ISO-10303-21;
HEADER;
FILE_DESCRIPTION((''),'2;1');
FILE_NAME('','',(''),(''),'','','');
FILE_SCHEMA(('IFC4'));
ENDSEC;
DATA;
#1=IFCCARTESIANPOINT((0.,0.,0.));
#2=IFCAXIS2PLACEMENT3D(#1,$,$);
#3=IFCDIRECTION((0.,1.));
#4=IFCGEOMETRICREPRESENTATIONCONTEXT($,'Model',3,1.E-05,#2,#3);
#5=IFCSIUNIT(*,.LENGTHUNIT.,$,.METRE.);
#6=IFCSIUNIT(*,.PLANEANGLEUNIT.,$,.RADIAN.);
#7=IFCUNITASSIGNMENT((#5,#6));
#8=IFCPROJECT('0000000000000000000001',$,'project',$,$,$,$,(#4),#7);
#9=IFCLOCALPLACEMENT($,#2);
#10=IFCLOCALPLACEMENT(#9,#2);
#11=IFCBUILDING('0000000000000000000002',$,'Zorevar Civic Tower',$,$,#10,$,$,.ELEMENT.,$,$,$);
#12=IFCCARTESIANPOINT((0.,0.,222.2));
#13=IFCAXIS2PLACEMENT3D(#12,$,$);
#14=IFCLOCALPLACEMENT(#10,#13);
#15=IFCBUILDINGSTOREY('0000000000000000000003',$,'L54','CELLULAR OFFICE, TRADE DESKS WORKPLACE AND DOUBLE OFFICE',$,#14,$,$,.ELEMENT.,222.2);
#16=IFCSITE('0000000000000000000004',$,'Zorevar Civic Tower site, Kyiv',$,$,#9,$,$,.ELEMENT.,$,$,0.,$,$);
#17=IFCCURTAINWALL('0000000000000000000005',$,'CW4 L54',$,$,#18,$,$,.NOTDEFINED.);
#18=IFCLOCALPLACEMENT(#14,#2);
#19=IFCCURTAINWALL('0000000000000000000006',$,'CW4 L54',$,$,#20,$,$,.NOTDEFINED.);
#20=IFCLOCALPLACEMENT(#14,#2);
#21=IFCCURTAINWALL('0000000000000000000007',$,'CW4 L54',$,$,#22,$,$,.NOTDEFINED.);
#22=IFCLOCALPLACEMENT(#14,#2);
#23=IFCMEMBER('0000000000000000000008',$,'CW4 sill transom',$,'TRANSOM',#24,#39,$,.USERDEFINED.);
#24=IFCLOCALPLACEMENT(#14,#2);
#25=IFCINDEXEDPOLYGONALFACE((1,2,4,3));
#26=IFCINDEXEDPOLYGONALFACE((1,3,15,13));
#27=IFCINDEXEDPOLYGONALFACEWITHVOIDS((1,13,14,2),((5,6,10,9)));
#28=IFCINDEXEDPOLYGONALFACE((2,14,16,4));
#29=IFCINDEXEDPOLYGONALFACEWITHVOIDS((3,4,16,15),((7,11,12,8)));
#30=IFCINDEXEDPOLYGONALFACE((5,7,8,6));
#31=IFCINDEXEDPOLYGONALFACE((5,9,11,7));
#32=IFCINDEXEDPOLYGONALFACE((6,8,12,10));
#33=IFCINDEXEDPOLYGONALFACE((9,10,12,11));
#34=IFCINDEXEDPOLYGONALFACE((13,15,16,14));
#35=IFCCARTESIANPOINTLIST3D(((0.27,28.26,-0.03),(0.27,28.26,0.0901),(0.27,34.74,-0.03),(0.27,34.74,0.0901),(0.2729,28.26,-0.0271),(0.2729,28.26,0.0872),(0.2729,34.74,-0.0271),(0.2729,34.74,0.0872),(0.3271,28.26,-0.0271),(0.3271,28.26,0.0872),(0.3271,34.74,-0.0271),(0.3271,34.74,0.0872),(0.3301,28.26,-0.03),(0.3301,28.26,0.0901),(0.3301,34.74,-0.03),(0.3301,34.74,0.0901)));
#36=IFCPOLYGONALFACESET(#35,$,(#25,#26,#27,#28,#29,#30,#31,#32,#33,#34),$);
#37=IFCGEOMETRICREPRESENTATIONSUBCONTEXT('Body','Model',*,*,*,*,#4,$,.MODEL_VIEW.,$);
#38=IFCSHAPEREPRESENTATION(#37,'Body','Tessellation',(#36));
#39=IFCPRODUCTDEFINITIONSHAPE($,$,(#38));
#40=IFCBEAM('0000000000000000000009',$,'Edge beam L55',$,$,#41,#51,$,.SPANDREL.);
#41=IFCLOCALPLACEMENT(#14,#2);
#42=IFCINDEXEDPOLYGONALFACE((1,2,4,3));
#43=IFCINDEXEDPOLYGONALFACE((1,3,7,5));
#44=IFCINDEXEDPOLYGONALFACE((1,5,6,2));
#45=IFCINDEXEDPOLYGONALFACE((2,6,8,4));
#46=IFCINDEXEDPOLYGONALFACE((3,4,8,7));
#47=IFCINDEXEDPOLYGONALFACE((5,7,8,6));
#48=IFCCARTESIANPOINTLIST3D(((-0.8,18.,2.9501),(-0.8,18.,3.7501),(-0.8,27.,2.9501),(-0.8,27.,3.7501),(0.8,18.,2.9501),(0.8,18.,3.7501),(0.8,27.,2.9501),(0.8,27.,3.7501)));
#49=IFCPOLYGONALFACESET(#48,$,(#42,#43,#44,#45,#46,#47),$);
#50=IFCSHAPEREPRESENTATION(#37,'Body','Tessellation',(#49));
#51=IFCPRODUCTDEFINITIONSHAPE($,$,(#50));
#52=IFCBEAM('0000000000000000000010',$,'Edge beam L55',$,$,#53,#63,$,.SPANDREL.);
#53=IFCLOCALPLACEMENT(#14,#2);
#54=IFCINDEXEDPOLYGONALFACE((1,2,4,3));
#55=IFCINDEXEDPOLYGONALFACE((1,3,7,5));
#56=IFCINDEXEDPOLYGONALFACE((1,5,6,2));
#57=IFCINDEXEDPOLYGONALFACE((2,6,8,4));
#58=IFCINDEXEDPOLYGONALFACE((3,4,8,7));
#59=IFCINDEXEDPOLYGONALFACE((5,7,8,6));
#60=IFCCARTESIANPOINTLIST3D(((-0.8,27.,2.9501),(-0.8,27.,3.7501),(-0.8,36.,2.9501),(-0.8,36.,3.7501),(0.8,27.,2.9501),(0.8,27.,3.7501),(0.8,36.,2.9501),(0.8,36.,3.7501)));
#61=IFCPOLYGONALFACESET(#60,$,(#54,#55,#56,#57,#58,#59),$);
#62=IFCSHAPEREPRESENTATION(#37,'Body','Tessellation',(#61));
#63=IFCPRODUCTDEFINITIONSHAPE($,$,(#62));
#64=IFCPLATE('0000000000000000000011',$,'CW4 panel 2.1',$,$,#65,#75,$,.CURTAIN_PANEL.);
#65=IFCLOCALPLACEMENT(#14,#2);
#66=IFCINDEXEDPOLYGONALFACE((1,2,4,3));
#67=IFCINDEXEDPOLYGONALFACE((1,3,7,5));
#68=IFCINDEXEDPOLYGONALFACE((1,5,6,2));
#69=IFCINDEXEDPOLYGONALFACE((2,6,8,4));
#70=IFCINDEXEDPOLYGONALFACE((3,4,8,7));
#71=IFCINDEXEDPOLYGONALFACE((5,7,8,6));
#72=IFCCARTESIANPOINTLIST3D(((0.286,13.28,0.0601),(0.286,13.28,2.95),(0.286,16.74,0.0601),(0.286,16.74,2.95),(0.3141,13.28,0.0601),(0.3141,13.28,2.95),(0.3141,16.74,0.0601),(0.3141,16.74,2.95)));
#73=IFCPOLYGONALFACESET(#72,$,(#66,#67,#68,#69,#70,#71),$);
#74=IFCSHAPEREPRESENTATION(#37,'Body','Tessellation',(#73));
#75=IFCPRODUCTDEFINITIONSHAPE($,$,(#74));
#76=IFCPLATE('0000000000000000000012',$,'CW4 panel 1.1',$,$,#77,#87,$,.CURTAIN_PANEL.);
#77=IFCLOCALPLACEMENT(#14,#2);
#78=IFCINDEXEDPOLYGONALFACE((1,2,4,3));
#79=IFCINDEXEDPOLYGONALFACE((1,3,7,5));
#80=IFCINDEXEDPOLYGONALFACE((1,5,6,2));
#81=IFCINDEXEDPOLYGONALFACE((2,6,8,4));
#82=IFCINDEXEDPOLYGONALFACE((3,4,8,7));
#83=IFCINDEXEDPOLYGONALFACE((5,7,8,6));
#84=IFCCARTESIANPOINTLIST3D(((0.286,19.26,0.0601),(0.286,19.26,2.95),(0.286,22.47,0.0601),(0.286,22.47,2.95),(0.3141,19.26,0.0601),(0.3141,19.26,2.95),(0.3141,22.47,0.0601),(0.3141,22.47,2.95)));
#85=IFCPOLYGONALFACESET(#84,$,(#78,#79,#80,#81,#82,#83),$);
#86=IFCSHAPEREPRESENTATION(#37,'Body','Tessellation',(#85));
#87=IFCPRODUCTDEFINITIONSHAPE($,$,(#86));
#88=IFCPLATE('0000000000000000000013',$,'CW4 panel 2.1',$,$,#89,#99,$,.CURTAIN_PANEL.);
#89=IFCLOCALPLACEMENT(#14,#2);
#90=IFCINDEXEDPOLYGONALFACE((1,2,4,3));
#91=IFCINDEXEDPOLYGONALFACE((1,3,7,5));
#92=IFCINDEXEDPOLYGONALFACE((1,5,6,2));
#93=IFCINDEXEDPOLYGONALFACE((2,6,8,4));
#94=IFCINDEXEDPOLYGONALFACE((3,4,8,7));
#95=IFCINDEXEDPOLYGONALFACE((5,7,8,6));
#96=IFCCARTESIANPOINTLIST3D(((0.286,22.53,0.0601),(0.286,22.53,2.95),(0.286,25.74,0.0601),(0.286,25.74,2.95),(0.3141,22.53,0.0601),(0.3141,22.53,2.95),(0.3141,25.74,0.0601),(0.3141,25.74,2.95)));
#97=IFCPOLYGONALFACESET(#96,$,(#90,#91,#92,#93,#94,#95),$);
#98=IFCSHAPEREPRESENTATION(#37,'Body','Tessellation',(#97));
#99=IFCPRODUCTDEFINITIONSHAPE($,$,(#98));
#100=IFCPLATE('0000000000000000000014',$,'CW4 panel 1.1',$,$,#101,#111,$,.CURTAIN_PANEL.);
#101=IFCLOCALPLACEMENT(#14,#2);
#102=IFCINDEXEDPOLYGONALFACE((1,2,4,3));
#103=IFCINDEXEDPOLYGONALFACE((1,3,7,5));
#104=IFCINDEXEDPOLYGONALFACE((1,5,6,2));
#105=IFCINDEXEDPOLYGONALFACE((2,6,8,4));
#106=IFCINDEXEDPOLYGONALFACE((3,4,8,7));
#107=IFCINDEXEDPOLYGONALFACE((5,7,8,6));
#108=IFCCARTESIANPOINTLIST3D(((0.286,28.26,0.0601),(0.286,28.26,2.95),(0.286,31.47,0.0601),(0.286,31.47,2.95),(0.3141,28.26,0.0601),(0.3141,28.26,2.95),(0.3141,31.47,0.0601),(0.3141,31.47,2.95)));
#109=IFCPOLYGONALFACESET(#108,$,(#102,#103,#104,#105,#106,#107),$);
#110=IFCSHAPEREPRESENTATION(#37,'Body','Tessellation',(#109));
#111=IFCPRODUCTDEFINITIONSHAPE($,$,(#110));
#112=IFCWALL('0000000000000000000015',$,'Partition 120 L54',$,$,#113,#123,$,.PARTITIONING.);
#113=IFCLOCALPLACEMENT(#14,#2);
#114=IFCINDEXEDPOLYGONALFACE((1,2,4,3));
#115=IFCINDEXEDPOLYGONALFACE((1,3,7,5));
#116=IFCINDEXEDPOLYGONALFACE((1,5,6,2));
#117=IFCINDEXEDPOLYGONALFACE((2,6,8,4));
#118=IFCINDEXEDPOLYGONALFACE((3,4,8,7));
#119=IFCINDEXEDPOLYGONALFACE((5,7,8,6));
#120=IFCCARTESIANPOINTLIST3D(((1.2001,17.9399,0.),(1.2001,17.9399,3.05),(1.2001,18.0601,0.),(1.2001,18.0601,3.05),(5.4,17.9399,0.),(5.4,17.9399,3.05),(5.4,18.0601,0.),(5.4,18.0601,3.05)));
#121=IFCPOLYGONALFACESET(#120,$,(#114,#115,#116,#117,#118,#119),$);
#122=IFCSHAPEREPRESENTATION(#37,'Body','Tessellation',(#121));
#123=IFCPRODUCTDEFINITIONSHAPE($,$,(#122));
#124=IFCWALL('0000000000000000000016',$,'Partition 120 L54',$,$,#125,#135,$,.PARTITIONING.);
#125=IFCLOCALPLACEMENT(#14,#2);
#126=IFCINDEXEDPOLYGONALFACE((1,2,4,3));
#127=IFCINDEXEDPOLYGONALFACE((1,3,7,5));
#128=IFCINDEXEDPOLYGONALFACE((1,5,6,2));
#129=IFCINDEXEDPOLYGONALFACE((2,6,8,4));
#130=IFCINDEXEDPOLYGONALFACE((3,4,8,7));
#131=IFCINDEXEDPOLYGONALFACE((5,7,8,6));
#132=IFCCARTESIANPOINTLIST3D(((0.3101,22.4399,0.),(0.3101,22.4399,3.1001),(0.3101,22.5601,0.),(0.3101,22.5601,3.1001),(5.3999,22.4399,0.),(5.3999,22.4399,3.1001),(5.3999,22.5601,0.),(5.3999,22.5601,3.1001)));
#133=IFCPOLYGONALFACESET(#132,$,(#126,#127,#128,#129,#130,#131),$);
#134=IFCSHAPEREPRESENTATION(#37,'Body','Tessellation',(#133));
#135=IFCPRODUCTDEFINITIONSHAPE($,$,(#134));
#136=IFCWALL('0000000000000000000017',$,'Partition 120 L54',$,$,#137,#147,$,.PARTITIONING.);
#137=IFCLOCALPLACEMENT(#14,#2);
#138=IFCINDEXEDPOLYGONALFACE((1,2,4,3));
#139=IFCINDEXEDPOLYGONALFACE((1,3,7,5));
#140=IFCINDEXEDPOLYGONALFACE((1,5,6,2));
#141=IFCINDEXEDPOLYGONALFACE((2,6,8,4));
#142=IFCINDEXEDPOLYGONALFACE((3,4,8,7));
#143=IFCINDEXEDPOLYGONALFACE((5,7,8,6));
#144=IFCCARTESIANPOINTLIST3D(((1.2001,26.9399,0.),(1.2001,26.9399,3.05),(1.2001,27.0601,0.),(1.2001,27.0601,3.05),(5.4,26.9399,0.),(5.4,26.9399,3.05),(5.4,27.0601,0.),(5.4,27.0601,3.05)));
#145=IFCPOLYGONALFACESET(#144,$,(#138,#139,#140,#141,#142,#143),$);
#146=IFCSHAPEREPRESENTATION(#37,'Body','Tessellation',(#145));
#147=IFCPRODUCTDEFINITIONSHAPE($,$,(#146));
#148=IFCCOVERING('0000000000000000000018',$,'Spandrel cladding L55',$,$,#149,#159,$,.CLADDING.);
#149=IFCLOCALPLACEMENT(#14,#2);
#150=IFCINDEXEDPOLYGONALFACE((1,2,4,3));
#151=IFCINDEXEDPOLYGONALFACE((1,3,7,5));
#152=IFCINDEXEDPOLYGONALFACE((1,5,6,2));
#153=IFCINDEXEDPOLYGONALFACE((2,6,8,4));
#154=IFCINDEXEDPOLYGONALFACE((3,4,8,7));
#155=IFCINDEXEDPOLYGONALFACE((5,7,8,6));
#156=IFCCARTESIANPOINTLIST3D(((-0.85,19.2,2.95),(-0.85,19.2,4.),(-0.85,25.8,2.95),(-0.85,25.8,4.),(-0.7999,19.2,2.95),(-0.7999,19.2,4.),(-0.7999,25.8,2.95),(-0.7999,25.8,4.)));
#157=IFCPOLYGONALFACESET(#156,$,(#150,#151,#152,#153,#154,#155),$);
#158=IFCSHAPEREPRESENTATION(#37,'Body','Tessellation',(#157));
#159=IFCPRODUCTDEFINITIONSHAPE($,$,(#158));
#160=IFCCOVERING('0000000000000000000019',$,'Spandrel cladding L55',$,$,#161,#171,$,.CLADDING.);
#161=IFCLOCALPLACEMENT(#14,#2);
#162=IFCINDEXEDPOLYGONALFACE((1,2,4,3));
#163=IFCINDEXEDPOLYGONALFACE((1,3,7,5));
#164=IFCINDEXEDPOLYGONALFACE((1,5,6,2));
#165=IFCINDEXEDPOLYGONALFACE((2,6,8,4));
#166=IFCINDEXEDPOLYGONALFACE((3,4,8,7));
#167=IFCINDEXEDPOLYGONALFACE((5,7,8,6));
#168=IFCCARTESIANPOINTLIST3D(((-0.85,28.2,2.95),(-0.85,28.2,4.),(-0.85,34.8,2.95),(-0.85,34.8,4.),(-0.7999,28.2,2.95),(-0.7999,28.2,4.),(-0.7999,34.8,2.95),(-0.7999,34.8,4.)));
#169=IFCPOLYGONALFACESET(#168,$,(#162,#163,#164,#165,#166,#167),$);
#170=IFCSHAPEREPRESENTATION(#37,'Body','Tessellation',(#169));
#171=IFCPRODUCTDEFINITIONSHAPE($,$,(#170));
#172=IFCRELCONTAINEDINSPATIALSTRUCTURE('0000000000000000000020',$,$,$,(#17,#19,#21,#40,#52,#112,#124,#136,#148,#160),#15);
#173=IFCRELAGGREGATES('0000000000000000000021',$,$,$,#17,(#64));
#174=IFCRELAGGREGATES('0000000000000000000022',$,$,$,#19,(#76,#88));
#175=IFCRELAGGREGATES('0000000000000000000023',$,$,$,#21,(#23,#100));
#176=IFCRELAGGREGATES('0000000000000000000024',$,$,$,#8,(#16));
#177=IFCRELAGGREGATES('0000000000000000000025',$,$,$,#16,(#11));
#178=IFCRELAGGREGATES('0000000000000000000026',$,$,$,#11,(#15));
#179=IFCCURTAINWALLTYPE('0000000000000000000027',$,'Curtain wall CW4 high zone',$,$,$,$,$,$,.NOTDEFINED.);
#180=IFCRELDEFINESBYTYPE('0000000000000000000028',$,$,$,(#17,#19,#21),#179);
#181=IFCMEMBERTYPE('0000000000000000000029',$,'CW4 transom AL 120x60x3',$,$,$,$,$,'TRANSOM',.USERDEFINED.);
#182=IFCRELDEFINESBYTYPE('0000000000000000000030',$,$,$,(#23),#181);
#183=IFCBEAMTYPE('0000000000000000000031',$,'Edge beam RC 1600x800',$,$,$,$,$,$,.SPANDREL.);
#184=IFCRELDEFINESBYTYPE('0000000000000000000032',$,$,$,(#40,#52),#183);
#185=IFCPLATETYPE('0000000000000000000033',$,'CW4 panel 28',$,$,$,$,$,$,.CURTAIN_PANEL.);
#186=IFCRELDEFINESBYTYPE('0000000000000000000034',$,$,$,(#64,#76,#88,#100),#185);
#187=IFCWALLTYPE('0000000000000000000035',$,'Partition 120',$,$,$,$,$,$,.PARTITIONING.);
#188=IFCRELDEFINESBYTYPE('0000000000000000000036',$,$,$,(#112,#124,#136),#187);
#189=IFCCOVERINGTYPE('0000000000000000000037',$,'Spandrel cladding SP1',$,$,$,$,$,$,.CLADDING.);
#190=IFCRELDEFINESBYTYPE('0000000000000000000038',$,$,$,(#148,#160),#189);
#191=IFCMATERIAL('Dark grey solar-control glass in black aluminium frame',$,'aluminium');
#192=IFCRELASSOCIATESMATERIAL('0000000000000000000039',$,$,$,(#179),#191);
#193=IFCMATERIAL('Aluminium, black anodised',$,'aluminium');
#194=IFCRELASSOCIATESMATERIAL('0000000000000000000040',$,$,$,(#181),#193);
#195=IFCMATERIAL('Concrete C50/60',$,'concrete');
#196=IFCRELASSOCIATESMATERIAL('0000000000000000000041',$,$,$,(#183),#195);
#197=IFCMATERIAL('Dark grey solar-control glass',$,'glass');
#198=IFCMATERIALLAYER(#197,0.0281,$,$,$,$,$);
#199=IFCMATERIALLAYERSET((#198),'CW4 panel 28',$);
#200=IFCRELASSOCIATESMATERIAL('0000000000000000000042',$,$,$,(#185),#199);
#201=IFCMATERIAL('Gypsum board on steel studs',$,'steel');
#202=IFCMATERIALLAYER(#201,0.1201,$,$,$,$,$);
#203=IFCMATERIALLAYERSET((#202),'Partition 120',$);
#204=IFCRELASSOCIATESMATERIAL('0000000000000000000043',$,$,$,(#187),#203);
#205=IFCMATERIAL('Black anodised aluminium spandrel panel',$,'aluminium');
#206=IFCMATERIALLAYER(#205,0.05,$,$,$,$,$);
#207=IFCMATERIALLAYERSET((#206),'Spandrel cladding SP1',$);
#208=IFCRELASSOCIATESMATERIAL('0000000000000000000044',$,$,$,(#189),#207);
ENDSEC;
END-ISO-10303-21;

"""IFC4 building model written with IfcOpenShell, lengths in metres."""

from ifc_helpers import new_model, si_unit, direction, frame, frame_2d, origin, origin_2d, place, context, subcontext, project, spatial, rectangle, hollow_rectangle, extrude, material, layer, layer_set, material_profile, profile_set, type_object, element, aggregate, save


model = new_model("IFC4")

# Units and contexts
model_context = context("Model", 3, precision=1e-05, world=origin(), true_north=direction((0.0, 1.0)))
body_context = subcontext(model_context, "Body", "Model", "MODEL_VIEW")
ifc_project = project(units=[si_unit("LENGTHUNIT", "METRE"), si_unit("PLANEANGLEUNIT", "RADIAN")], contexts=[model_context])

# Site, building, storey
site_placement = place(None, origin())
site = spatial("IfcSite", under=ifc_project, at=site_placement, Name="Zorevar Civic Tower site, Kyiv", CompositionType="ELEMENT", RefElevation=0.0)
building_placement = place(site_placement, origin())
building = spatial("IfcBuilding", under=site, at=building_placement, Name="Zorevar Civic Tower", CompositionType="ELEMENT")
storey_placement = place(building_placement, frame((0.0, 0.0, 222.2)))
storey = spatial("IfcBuildingStorey", under=building, at=storey_placement, Name="L54", Description="CELLULAR OFFICE, TRADE DESKS WORKPLACE AND DOUBLE OFFICE", CompositionType="ELEMENT", Elevation=222.2)

# Curtain wall
ifc_material_1 = material(Name="Dark grey solar-control glass in black aluminium frame", Category="aluminium")
curtain_wall_type = type_object("IfcCurtainWallType", Name="Curtain wall CW4 high zone", PredefinedType="NOTDEFINED", material=ifc_material_1)
curtain_wall_1_placement = place(storey_placement, origin())
curtain_wall_1 = element("IfcCurtainWall", 1, at=curtain_wall_1_placement, inside=storey, type_object=curtain_wall_type, Name="CW4 L54", PredefinedType="NOTDEFINED")

# Curtain wall
curtain_wall_2_placement = place(storey_placement, origin())
curtain_wall_2 = element("IfcCurtainWall", 2, at=curtain_wall_2_placement, inside=storey, type_object=curtain_wall_type, Name="CW4 L54", PredefinedType="NOTDEFINED")

# Curtain wall
curtain_wall_3_placement = place(storey_placement, origin())
curtain_wall_3 = element("IfcCurtainWall", 3, at=curtain_wall_3_placement, inside=storey, type_object=curtain_wall_type, Name="CW4 L54", PredefinedType="NOTDEFINED")

# Member
ifc_material_2 = material(Name="Aluminium, black anodised", Category="aluminium")
ifc_material_profile_1 = material_profile(ifc_material_2, hollow_rectangle(XDim=0.0601, YDim=0.1201, WallThickness=0.0029, at=origin_2d()), Name="AL 120x60x3")
ifc_profile_set_1 = profile_set([ifc_material_profile_1], Name="Aluminium, black anodised")
member_type_1 = type_object("IfcMemberType", Name="CW4 transom AL 120x60x3", ElementType="TRANSOM", PredefinedType="USERDEFINED", material=ifc_profile_set_1)
member_1_placement = place(storey_placement, frame((0.3, 28.26, 0.03), z_axis=(0.0, 1.0, 0.0), x_axis=(-1.0, 0.0, 0.0)))
member_1 = element("IfcMember", 4, at=member_1_placement, type_object=member_type_1, Name="CW4 sill transom", ObjectType="TRANSOM", PredefinedType="USERDEFINED", context=body_context, shape_type="SweptSolid", body=[
    extrude(hollow_rectangle(XDim=0.0601, YDim=0.1201, WallThickness=0.0029, at=origin_2d()), origin(), (0.0, 0.0, 1.0), 6.48),
])

# Beams
ifc_material_3 = material(Name="Concrete C50/60", Category="concrete")
ifc_material_profile_2 = material_profile(ifc_material_3, rectangle(XDim=1.6001, YDim=0.8, at=origin_2d()), Name="RC 1600x800")
ifc_profile_set_2 = profile_set([ifc_material_profile_2], Name="Concrete C50/60")
beam_type_1 = type_object("IfcBeamType", Name="Edge beam RC 1600x800", PredefinedType="SPANDREL", material=ifc_profile_set_2)
for number, where, z_axis, x_axis, name in (
    (5, (0.0, 18.0, 3.3501), (0.0, 1.0, 0.0), (-1.0, 0.0, 0.0), "Edge beam L55"),
    (6, (0.0, 27.0, 3.3501), (0.0, 1.0, 0.0), (-1.0, 0.0, 0.0), "Edge beam L55"),
):
    element("IfcBeam", number, at=place(storey_placement, frame(where, z_axis=z_axis, x_axis=x_axis)), inside=storey, type_object=beam_type_1, Name=name, PredefinedType="SPANDREL", context=body_context, shape_type="SweptSolid", body=[
        extrude(rectangle(XDim=1.6001, YDim=0.8, at=origin_2d()), origin(), (0.0, 0.0, 1.0), 9.0),
    ])

# Plates
ifc_material_4 = material(Name="Dark grey solar-control glass", Category="glass")
ifc_layer_1 = layer(ifc_material_4, 0.0281)
ifc_layer_set_1 = layer_set([ifc_layer_1], Name="CW4 panel 28")
plate_type = type_object("IfcPlateType", Name="CW4 panel 28", PredefinedType="CURTAIN_PANEL", material=ifc_layer_set_1)
plate_1_placement = place(storey_placement, frame((0.3, 15.01, 0.0601), z_axis=(0.0, 0.0, 1.0), x_axis=(0.0, 1.0, 0.0)))
plate_1 = element("IfcPlate", 7, at=plate_1_placement, type_object=plate_type, Name="CW4 panel 2.1", PredefinedType="CURTAIN_PANEL", context=body_context, shape_type="SweptSolid", body=[
    extrude(rectangle(XDim=3.46, YDim=0.0281, at=origin_2d()), origin(), (0.0, 0.0, 1.0), 2.8899),
])
aggregate(curtain_wall_1, [plate_1])
plate_2_placement = place(storey_placement, frame((0.3, 20.865, 0.0601), z_axis=(0.0, 0.0, 1.0), x_axis=(0.0, 1.0, 0.0)))
plate_2 = element("IfcPlate", 8, at=plate_2_placement, type_object=plate_type, Name="CW4 panel 1.1", PredefinedType="CURTAIN_PANEL", context=body_context, shape_type="SweptSolid", body=[
    extrude(rectangle(XDim=3.21, YDim=0.0281, at=origin_2d()), origin(), (0.0, 0.0, 1.0), 2.8899),
])
plate_3_placement = place(storey_placement, frame((0.3, 24.135, 0.0601), z_axis=(0.0, 0.0, 1.0), x_axis=(0.0, 1.0, 0.0)))
plate_3 = element("IfcPlate", 9, at=plate_3_placement, type_object=plate_type, Name="CW4 panel 2.1", PredefinedType="CURTAIN_PANEL", context=body_context, shape_type="SweptSolid", body=[
    extrude(rectangle(XDim=3.21, YDim=0.0281, at=origin_2d()), origin(), (0.0, 0.0, 1.0), 2.8899),
])
aggregate(curtain_wall_2, [plate_2, plate_3])
plate_4_placement = place(storey_placement, frame((0.3, 29.865, 0.0601), z_axis=(0.0, 0.0, 1.0), x_axis=(0.0, 1.0, 0.0)))
plate_4 = element("IfcPlate", 10, at=plate_4_placement, type_object=plate_type, Name="CW4 panel 1.1", PredefinedType="CURTAIN_PANEL", context=body_context, shape_type="SweptSolid", body=[
    extrude(rectangle(XDim=3.21, YDim=0.0281, at=origin_2d()), origin(), (0.0, 0.0, 1.0), 2.8899),
])
aggregate(curtain_wall_3, [member_1, plate_4])

# Walls
ifc_material_5 = material(Name="Gypsum board on steel studs", Category="steel")
ifc_layer_2 = layer(ifc_material_5, 0.1201)
ifc_layer_set_2 = layer_set([ifc_layer_2], Name="Partition 120")
wall_type = type_object("IfcWallType", Name="Partition 120", PredefinedType="PARTITIONING", material=ifc_layer_set_2)
wall_1_placement = place(storey_placement, frame((1.2, 18.0, 0.0), z_axis=(0.0, 0.0, 1.0), x_axis=(1.0, 0.0, 0.0)))
element("IfcWall", 11, at=wall_1_placement, inside=storey, type_object=wall_type, Name="Partition 120 L54", PredefinedType="PARTITIONING", context=body_context, shape_type="SweptSolid", body=[
    extrude(rectangle(XDim=4.2, YDim=0.1201, at=frame_2d((2.1001, 0.0))), origin(), (0.0, 0.0, 1.0), 3.05),
])
wall_2_placement = place(storey_placement, frame((0.3101, 22.5, 0.0), z_axis=(0.0, 0.0, 1.0), x_axis=(1.0, 0.0, 0.0)))
element("IfcWall", 12, at=wall_2_placement, inside=storey, type_object=wall_type, Name="Partition 120 L54", PredefinedType="PARTITIONING", context=body_context, shape_type="SweptSolid", body=[
    extrude(rectangle(XDim=5.0898, YDim=0.1201, at=frame_2d((2.5449, 0.0))), origin(), (0.0, 0.0, 1.0), 3.1001),
])
wall_3_placement = place(storey_placement, frame((1.2, 27.0, 0.0), z_axis=(0.0, 0.0, 1.0), x_axis=(1.0, 0.0, 0.0)))
element("IfcWall", 13, at=wall_3_placement, inside=storey, type_object=wall_type, Name="Partition 120 L54", PredefinedType="PARTITIONING", context=body_context, shape_type="SweptSolid", body=[
    extrude(rectangle(XDim=4.2, YDim=0.1201, at=frame_2d((2.1001, 0.0))), origin(), (0.0, 0.0, 1.0), 3.05),
])

# Coverings
ifc_material_6 = material(Name="Black anodised aluminium spandrel panel", Category="aluminium")
ifc_layer_3 = layer(ifc_material_6, 0.05)
ifc_layer_set_3 = layer_set([ifc_layer_3], Name="Spandrel cladding SP1")
covering_type = type_object("IfcCoveringType", Name="Spandrel cladding SP1", PredefinedType="CLADDING", material=ifc_layer_set_3)
for number, where, z_axis, x_axis, name in (
    (14, (-0.825, 19.2, 2.95), (0.0, 0.0, 1.0), (0.0, 1.0, 0.0), "Spandrel cladding L55"),
    (15, (-0.825, 28.2, 2.95), (0.0, 0.0, 1.0), (0.0, 1.0, 0.0), "Spandrel cladding L55"),
):
    element("IfcCovering", number, at=place(storey_placement, frame(where, z_axis=z_axis, x_axis=x_axis)), inside=storey, type_object=covering_type, Name=name, PredefinedType="CLADDING", context=body_context, shape_type="SweptSolid", body=[
        extrude(rectangle(XDim=6.6001, YDim=0.05, at=frame_2d((3.3, 0.0))), origin(), (0.0, 0.0, 1.0), 1.05),
    ])

save(model, "model.ifc")
